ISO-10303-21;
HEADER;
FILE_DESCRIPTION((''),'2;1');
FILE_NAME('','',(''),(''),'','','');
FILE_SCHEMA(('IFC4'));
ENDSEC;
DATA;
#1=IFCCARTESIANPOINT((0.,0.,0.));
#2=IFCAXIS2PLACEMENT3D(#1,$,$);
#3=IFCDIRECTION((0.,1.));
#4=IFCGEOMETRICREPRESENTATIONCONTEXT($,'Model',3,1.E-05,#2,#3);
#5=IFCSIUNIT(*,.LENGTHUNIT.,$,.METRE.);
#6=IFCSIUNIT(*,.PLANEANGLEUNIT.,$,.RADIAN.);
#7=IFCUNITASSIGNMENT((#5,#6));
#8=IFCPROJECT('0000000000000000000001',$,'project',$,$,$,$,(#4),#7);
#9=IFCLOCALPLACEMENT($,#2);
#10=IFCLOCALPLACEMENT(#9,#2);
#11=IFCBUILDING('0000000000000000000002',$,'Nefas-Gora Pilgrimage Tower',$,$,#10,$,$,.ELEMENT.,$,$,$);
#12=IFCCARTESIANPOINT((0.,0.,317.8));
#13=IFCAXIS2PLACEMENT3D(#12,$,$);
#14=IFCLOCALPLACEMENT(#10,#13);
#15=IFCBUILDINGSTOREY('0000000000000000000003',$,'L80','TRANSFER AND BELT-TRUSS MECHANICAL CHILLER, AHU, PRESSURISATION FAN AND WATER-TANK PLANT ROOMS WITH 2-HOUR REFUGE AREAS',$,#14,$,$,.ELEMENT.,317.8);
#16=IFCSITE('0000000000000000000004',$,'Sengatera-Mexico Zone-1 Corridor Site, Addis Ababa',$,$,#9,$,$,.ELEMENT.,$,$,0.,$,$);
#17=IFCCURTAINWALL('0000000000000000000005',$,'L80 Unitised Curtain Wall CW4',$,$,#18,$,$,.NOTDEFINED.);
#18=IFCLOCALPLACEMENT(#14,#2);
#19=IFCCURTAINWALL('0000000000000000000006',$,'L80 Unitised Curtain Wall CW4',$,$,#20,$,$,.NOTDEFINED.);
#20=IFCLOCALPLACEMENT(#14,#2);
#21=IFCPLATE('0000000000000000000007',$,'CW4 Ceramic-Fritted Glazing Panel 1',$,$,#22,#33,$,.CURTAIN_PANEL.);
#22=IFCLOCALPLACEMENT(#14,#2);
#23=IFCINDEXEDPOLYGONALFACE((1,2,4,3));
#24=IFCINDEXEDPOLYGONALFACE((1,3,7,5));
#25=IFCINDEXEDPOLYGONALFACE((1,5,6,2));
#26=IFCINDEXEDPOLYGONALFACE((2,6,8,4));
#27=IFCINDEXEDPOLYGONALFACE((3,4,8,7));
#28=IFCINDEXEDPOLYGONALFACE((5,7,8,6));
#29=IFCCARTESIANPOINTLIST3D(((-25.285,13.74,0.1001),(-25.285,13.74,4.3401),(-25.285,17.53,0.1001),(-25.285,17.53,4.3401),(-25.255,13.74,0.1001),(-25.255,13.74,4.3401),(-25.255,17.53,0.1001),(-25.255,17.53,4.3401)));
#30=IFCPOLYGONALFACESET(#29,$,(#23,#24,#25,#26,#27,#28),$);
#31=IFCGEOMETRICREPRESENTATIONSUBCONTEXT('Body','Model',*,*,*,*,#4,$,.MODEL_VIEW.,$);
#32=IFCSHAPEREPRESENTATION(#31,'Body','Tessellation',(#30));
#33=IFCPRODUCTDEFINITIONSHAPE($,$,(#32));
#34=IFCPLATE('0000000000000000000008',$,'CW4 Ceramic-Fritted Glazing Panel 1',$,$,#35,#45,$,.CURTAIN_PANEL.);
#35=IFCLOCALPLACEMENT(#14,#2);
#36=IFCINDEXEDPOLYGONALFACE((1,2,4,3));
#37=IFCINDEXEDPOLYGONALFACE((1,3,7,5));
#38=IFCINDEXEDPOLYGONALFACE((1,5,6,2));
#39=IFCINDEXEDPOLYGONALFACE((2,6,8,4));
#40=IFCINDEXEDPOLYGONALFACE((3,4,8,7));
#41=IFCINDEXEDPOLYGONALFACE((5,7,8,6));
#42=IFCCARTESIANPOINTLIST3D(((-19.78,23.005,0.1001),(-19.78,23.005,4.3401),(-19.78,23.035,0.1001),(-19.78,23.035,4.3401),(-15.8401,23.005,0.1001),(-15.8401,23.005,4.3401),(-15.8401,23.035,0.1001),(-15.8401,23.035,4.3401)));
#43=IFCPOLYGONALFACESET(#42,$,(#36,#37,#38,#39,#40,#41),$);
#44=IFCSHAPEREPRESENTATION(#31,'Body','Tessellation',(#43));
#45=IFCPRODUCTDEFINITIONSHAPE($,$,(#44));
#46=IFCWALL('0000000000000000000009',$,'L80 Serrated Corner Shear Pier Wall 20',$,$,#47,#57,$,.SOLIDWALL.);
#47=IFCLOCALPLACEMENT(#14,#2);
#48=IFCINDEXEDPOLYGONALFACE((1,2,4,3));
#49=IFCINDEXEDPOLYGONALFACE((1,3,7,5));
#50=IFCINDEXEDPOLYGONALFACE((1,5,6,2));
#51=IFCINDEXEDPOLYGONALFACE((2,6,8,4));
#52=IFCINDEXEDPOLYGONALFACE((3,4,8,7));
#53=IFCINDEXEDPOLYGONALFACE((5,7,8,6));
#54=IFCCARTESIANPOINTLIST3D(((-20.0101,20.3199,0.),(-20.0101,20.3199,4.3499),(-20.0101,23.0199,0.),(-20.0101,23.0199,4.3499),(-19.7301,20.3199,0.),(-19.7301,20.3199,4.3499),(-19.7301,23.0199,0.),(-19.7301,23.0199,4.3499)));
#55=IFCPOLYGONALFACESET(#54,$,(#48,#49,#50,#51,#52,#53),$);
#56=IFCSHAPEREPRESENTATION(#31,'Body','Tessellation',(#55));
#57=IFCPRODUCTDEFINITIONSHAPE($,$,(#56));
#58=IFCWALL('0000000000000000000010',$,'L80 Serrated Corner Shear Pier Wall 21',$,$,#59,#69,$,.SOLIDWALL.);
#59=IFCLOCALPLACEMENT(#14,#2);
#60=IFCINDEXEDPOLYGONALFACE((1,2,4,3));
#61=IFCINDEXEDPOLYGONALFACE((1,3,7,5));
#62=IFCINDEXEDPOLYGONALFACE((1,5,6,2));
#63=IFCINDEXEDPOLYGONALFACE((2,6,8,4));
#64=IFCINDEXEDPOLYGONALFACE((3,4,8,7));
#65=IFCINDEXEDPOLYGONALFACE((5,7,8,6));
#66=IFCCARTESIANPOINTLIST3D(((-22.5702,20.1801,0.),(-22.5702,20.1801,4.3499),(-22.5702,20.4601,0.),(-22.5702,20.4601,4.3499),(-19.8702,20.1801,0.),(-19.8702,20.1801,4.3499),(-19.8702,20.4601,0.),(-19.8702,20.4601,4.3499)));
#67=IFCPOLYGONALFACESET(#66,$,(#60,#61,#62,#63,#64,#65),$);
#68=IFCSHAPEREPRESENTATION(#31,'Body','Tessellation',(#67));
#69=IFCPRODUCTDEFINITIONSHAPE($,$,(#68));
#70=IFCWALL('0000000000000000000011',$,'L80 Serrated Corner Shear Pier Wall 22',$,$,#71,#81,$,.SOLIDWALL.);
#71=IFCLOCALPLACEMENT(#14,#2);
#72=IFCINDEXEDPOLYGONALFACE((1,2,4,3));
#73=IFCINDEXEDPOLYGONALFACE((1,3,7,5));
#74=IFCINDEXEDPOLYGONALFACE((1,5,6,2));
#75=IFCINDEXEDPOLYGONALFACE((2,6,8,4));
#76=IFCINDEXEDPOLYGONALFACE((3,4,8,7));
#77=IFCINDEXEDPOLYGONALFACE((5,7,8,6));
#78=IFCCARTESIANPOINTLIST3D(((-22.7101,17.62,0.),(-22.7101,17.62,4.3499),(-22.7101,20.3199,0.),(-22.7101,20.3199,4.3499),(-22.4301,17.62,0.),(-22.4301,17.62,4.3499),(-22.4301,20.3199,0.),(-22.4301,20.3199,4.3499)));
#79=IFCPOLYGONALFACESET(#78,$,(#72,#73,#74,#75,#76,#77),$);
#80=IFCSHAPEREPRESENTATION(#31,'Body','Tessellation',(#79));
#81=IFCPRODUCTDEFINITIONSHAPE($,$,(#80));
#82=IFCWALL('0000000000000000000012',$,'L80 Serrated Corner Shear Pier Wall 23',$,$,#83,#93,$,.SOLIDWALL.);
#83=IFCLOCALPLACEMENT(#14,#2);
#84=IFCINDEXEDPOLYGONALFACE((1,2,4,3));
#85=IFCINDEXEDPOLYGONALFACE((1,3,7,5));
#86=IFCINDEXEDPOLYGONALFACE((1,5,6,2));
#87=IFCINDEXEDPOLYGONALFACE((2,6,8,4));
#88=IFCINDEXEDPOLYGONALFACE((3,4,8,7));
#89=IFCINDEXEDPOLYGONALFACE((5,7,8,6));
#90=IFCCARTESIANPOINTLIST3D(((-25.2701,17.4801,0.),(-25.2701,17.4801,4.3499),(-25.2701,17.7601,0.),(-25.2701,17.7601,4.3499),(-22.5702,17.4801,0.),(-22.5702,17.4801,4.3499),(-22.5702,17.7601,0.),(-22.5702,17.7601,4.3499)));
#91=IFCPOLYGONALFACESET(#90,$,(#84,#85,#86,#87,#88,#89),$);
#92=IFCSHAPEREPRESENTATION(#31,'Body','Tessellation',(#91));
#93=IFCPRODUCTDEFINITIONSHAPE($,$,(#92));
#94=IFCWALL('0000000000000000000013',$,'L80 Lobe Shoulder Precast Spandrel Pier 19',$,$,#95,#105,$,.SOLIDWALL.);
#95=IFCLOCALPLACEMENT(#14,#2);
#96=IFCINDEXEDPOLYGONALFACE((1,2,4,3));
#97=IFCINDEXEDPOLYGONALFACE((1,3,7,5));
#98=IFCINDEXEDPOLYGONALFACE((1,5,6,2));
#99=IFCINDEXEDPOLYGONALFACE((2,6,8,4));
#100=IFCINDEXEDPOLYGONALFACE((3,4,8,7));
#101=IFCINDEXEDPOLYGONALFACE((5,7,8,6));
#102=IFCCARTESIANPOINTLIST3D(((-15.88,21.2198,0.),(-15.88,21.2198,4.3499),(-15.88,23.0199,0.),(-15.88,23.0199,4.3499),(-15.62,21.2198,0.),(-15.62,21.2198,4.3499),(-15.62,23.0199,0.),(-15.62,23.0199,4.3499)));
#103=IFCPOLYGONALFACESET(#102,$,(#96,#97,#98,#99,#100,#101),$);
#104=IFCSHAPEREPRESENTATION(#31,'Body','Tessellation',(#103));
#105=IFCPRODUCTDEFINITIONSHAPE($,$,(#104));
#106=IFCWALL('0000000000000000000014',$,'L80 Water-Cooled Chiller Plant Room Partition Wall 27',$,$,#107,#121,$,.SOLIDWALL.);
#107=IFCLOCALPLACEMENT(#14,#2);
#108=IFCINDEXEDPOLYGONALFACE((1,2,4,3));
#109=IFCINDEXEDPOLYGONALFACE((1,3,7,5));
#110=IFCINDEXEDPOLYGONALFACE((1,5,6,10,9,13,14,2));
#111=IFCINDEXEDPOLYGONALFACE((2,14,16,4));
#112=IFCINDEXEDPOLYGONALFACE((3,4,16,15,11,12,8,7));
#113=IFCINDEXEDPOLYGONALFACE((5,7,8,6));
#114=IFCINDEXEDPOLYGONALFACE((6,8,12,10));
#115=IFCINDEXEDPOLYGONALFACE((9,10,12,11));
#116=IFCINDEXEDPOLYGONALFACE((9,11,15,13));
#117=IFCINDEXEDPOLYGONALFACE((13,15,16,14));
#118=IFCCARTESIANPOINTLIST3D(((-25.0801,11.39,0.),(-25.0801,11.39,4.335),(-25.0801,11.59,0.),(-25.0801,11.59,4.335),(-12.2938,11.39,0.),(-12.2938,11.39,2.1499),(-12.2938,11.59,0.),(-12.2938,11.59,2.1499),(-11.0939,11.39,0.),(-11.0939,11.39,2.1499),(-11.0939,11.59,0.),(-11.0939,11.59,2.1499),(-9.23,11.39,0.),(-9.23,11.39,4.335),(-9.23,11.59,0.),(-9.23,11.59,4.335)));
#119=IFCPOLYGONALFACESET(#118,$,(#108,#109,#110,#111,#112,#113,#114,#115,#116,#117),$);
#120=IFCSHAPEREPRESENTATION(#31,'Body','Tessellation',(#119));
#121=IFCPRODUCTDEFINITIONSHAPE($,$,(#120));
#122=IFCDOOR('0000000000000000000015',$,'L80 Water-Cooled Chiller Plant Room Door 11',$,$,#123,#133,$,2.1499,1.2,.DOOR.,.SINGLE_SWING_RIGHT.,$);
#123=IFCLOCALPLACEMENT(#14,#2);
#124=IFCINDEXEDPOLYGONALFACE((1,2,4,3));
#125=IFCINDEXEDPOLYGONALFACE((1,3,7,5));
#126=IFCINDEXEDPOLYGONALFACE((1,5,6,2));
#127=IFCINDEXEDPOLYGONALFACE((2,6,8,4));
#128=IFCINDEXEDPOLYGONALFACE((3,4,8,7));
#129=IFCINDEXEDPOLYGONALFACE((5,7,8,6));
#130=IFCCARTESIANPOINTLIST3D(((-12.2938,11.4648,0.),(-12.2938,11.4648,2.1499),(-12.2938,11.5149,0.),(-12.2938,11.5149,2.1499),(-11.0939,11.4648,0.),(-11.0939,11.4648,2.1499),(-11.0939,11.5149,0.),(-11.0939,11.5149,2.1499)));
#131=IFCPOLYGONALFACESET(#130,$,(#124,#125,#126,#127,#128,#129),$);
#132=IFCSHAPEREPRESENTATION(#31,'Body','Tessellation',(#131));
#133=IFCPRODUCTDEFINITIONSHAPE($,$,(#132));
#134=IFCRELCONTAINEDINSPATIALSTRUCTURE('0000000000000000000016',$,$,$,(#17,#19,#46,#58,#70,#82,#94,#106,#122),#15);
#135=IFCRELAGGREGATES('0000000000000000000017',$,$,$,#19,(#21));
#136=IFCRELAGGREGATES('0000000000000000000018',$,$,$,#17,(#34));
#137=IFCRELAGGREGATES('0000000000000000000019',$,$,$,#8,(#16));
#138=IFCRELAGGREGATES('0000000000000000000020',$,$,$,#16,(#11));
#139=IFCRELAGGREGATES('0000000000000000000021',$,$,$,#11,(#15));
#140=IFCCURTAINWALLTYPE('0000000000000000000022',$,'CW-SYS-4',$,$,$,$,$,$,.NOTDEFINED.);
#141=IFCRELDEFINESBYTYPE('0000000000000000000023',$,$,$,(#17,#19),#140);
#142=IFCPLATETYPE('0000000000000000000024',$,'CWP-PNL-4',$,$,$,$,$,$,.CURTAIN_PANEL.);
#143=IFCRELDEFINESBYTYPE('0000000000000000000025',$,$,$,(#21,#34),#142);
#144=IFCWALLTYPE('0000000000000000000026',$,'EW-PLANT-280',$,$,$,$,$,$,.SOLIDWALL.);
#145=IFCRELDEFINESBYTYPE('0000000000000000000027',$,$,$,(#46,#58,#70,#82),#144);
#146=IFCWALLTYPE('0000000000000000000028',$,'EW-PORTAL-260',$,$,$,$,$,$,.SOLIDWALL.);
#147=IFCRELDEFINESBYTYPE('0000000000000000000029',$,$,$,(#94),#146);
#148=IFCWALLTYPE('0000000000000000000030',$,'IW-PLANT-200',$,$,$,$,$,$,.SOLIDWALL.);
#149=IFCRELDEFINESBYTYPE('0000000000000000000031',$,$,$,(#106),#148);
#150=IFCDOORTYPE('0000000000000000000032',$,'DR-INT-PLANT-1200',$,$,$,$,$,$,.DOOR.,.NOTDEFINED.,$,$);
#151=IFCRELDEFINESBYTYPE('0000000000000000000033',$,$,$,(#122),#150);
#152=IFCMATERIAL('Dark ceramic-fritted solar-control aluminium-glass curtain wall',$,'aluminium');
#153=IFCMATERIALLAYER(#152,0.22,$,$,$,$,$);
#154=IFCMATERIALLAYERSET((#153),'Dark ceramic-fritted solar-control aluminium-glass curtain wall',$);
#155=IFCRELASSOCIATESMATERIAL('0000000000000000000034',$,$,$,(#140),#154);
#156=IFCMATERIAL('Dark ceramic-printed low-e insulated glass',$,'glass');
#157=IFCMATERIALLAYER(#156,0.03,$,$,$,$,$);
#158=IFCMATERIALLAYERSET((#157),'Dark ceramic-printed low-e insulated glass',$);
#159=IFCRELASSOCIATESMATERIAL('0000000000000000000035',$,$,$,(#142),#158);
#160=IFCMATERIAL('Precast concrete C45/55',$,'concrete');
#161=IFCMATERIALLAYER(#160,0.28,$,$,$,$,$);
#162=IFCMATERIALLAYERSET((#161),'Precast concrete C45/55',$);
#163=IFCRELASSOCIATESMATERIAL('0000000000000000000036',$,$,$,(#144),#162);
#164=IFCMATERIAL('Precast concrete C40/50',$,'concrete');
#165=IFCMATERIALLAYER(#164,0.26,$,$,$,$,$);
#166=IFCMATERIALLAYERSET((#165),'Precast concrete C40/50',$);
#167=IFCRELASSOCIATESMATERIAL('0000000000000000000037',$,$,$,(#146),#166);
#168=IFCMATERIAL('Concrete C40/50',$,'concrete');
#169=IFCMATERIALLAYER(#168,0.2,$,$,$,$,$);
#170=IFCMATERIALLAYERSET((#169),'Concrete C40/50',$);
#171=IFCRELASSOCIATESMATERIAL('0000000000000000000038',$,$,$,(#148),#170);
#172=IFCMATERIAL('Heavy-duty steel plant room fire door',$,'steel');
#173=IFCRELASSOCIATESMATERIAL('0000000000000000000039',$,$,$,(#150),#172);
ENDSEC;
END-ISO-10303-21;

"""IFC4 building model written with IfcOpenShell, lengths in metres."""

from ifc_helpers import new_model, si_unit, direction, frame, frame_2d, origin, origin_2d, place, context, subcontext, project, spatial, rectangle, extrude, source, transform, mapped, material, layer, layer_set, type_object, element, fill, aggregate, save


model = new_model("IFC4")

# Units and contexts
model_context = context("Model", 3, precision=1e-05, world=origin(), true_north=direction((0.0, 1.0)))
body_context = subcontext(model_context, "Body", "Model", "MODEL_VIEW")
ifc_project = project(units=[si_unit("LENGTHUNIT", "METRE"), si_unit("PLANEANGLEUNIT", "RADIAN")], contexts=[model_context])

# Site, building, storey
site_placement = place(None, origin())
site = spatial("IfcSite", under=ifc_project, at=site_placement, Name="Sengatera-Mexico Zone-1 Corridor Site, Addis Ababa", CompositionType="ELEMENT", RefElevation=0.0)
building_placement = place(site_placement, origin())
building = spatial("IfcBuilding", under=site, at=building_placement, Name="Nefas-Gora Pilgrimage Tower", CompositionType="ELEMENT")
storey_placement = place(building_placement, frame((0.0, 0.0, 317.8)))
storey = spatial("IfcBuildingStorey", under=building, at=storey_placement, Name="L80", Description="TRANSFER AND BELT-TRUSS MECHANICAL CHILLER, AHU, PRESSURISATION FAN AND WATER-TANK PLANT ROOMS WITH 2-HOUR REFUGE AREAS", CompositionType="ELEMENT", Elevation=317.8)

# Curtain walls
ifc_material_1 = material(Name="Dark ceramic-fritted solar-control aluminium-glass curtain wall", Category="aluminium")
ifc_layer_1 = layer(ifc_material_1, 0.22)
ifc_layer_set_1 = layer_set([ifc_layer_1], Name="Dark ceramic-fritted solar-control aluminium-glass curtain wall")
curtain_wall_type_1 = type_object("IfcCurtainWallType", Name="CW-SYS-4", PredefinedType="NOTDEFINED", material=ifc_layer_set_1)
curtain_wall_1_placement = place(storey_placement, origin())
curtain_wall_1 = element("IfcCurtainWall", 1, at=curtain_wall_1_placement, inside=storey, type_object=curtain_wall_type_1, Name="L80 Unitised Curtain Wall CW4", PredefinedType="NOTDEFINED")
curtain_wall_2_placement = place(storey_placement, origin())
curtain_wall_2 = element("IfcCurtainWall", 2, at=curtain_wall_2_placement, inside=storey, type_object=curtain_wall_type_1, Name="L80 Unitised Curtain Wall CW4", PredefinedType="NOTDEFINED")

# Plates
ifc_material_2 = material(Name="Dark ceramic-printed low-e insulated glass", Category="glass")
ifc_layer_2 = layer(ifc_material_2, 0.03)
ifc_layer_set_2 = layer_set([ifc_layer_2], Name="Dark ceramic-printed low-e insulated glass")
plate_type_1 = type_object("IfcPlateType", Name="CWP-PNL-4", PredefinedType="CURTAIN_PANEL", material=ifc_layer_set_2)
shared_shape_1 = source(origin(), body_context, "Body", "SweptSolid", [
    extrude(rectangle(XDim=3.79, YDim=0.03, at=origin_2d()), origin(), (0.0, 0.0, 1.0), 4.24),
])
plate_1_placement = place(storey_placement, frame((-25.27, 15.635, 0.1001), z_axis=(0.0, 0.0, 1.0), x_axis=(0.0, -1.0, 0.0)))
plate_1 = element("IfcPlate", 3, at=plate_1_placement, type_object=plate_type_1, Name="CW4 Ceramic-Fritted Glazing Panel 1", PredefinedType="CURTAIN_PANEL", context=body_context, shape_type="MappedRepresentation", body=[
    mapped(shared_shape_1, transform((0.0, 0.0, 0.0), x_axis=(1.0, 0.0, 0.0), y_axis=(0.0, 1.0, 0.0), z_axis=(0.0, 0.0, 1.0), scale=1.0)),
])
aggregate(curtain_wall_2, [plate_1])
shared_shape_2 = source(origin(), body_context, "Body", "SweptSolid", [
    extrude(rectangle(XDim=3.9399, YDim=0.03, at=origin_2d()), origin(), (0.0, 0.0, 1.0), 4.24),
])
plate_2_placement = place(storey_placement, frame((-17.8101, 23.02, 0.1001), z_axis=(0.0, 0.0, 1.0), x_axis=(-1.0, 0.0, 0.0)))
plate_2 = element("IfcPlate", 4, at=plate_2_placement, type_object=plate_type_1, Name="CW4 Ceramic-Fritted Glazing Panel 1", PredefinedType="CURTAIN_PANEL", context=body_context, shape_type="MappedRepresentation", body=[
    mapped(shared_shape_2, transform((0.0, 0.0, 0.0), x_axis=(1.0, 0.0, 0.0), y_axis=(0.0, 1.0, 0.0), z_axis=(0.0, 0.0, 1.0), scale=1.0)),
])
aggregate(curtain_wall_1, [plate_2])

# Walls
ifc_material_3 = material(Name="Precast concrete C45/55", Category="concrete")
ifc_layer_3 = layer(ifc_material_3, 0.28)
ifc_layer_set_3 = layer_set([ifc_layer_3], Name="Precast concrete C45/55")
wall_type_1 = type_object("IfcWallType", Name="EW-PLANT-280", PredefinedType="SOLIDWALL", material=ifc_layer_set_3)
shared_shape_3 = source(origin(), body_context, "Body", "SweptSolid", [
    extrude(rectangle(XDim=2.7, YDim=0.28, at=frame_2d((1.3501, 0.0))), origin(), (0.0, 0.0, 1.0), 4.3499),
])
for number, where, z_axis, x_axis, name in (
    (5, (-19.8701, 23.02, 0.0), (0.0, 0.0, 1.0), (0.0, -1.0, 0.0), "L80 Serrated Corner Shear Pier Wall 20"),
    (6, (-19.8701, 20.3201, 0.0), (0.0, 0.0, 1.0), (-1.0, 0.0, 0.0), "L80 Serrated Corner Shear Pier Wall 21"),
    (7, (-22.5701, 20.3201, 0.0), (0.0, 0.0, 1.0), (0.0, -1.0, 0.0), "L80 Serrated Corner Shear Pier Wall 22"),
    (8, (-22.5701, 17.6201, 0.0), (0.0, 0.0, 1.0), (-1.0, 0.0, 0.0), "L80 Serrated Corner Shear Pier Wall 23"),
):
    element("IfcWall", number, at=place(storey_placement, frame(where, z_axis=z_axis, x_axis=x_axis)), inside=storey, type_object=wall_type_1, Name=name, PredefinedType="SOLIDWALL", context=body_context, shape_type="MappedRepresentation", body=[
        mapped(shared_shape_3, transform((0.0, 0.0, 0.0), x_axis=(1.0, 0.0, 0.0), y_axis=(0.0, 1.0, 0.0), z_axis=(0.0, 0.0, 1.0), scale=1.0)),
    ])
ifc_material_4 = material(Name="Precast concrete C40/50", Category="concrete")
ifc_layer_4 = layer(ifc_material_4, 0.26)
ifc_layer_set_4 = layer_set([ifc_layer_4], Name="Precast concrete C40/50")
wall_type_2 = type_object("IfcWallType", Name="EW-PORTAL-260", PredefinedType="SOLIDWALL", material=ifc_layer_set_4)
shared_shape_4 = source(origin(), body_context, "Body", "SweptSolid", [
    extrude(rectangle(XDim=1.8, YDim=0.26, at=frame_2d((0.8999, 0.0))), origin(), (0.0, 0.0, 1.0), 4.3499),
])
wall_1_placement = place(storey_placement, frame((-15.75, 21.22, 0.0), z_axis=(0.0, 0.0, 1.0), x_axis=(0.0, 1.0, 0.0)))
element("IfcWall", 9, at=wall_1_placement, inside=storey, type_object=wall_type_2, Name="L80 Lobe Shoulder Precast Spandrel Pier 19", PredefinedType="SOLIDWALL", context=body_context, shape_type="MappedRepresentation", body=[
    mapped(shared_shape_4, transform((0.0, 0.0, 0.0), x_axis=(1.0, 0.0, 0.0), y_axis=(0.0, 1.0, 0.0), z_axis=(0.0, 0.0, 1.0), scale=1.0)),
])

# Wall, opening, door
ifc_material_5 = material(Name="Concrete C40/50", Category="concrete")
ifc_layer_5 = layer(ifc_material_5, 0.2)
ifc_layer_set_5 = layer_set([ifc_layer_5], Name="Concrete C40/50")
wall_type_3 = type_object("IfcWallType", Name="IW-PLANT-200", PredefinedType="SOLIDWALL", material=ifc_layer_set_5)
shared_shape_5 = source(origin(), body_context, "Body", "SweptSolid", [
    extrude(rectangle(XDim=15.8501, YDim=0.2, at=frame_2d((7.925, 0.0))), origin(), (0.0, 0.0, 1.0), 4.335),
])
wall_2_placement = place(storey_placement, frame((-25.0801, 11.49, 0.0), z_axis=(0.0, 0.0, 1.0), x_axis=(1.0, 0.0, 0.0)))
wall_2 = element("IfcWall", 10, at=wall_2_placement, inside=storey, type_object=wall_type_3, Name="L80 Water-Cooled Chiller Plant Room Partition Wall 27", PredefinedType="SOLIDWALL", context=body_context, shape_type="MappedRepresentation", body=[
    mapped(shared_shape_5, transform((0.0, 0.0, 0.0), x_axis=(1.0, 0.0, 0.0), y_axis=(0.0, 1.0, 0.0), z_axis=(0.0, 0.0, 1.0), scale=1.0)),
])
opening_placement = place(wall_2_placement, frame((12.7861, 0.0, 0.0)))
opening = element("IfcOpeningElement", 11, at=opening_placement, cuts=wall_2, PredefinedType="OPENING", context=body_context, shape_type="SweptSolid", body=[
    extrude(rectangle(XDim=1.2, YDim=2.1499, at=frame_2d((0.6001, 1.075))), frame((0.0, 0.1099, 0.0), z_axis=(0.0, -1.0, 0.0), x_axis=(1.0, 0.0, 0.0)), (0.0, 0.0, 1.0), 0.22),
])
ifc_material_6 = material(Name="Heavy-duty steel plant room fire door", Category="steel")
door_type = type_object("IfcDoorType", Name="DR-INT-PLANT-1200", OperationType="NOTDEFINED", PredefinedType="DOOR", material=ifc_material_6)
shared_shape_6 = source(origin(), body_context, "Body", "SweptSolid", [
    extrude(rectangle(XDim=1.2, YDim=2.1499, at=frame_2d((0.6001, 1.075))), frame((0.0, 0.0249, 0.0), z_axis=(0.0, -1.0, 0.0), x_axis=(1.0, 0.0, 0.0)), (0.0, 0.0, 1.0), 0.05),
])
door_placement = place(opening_placement, origin())
door = element("IfcDoor", 12, at=door_placement, inside=storey, type_object=door_type, Name="L80 Water-Cooled Chiller Plant Room Door 11", OperationType="SINGLE_SWING_RIGHT", OverallHeight=2.1499, OverallWidth=1.2, PredefinedType="DOOR", context=body_context, shape_type="MappedRepresentation", body=[
    mapped(shared_shape_6, transform((0.0, 0.0, 0.0), x_axis=(1.0, 0.0, 0.0), y_axis=(0.0, 1.0, 0.0), z_axis=(0.0, 0.0, 1.0), scale=1.0)),
])
fill(opening, door)

save(model, "model.ifc")
